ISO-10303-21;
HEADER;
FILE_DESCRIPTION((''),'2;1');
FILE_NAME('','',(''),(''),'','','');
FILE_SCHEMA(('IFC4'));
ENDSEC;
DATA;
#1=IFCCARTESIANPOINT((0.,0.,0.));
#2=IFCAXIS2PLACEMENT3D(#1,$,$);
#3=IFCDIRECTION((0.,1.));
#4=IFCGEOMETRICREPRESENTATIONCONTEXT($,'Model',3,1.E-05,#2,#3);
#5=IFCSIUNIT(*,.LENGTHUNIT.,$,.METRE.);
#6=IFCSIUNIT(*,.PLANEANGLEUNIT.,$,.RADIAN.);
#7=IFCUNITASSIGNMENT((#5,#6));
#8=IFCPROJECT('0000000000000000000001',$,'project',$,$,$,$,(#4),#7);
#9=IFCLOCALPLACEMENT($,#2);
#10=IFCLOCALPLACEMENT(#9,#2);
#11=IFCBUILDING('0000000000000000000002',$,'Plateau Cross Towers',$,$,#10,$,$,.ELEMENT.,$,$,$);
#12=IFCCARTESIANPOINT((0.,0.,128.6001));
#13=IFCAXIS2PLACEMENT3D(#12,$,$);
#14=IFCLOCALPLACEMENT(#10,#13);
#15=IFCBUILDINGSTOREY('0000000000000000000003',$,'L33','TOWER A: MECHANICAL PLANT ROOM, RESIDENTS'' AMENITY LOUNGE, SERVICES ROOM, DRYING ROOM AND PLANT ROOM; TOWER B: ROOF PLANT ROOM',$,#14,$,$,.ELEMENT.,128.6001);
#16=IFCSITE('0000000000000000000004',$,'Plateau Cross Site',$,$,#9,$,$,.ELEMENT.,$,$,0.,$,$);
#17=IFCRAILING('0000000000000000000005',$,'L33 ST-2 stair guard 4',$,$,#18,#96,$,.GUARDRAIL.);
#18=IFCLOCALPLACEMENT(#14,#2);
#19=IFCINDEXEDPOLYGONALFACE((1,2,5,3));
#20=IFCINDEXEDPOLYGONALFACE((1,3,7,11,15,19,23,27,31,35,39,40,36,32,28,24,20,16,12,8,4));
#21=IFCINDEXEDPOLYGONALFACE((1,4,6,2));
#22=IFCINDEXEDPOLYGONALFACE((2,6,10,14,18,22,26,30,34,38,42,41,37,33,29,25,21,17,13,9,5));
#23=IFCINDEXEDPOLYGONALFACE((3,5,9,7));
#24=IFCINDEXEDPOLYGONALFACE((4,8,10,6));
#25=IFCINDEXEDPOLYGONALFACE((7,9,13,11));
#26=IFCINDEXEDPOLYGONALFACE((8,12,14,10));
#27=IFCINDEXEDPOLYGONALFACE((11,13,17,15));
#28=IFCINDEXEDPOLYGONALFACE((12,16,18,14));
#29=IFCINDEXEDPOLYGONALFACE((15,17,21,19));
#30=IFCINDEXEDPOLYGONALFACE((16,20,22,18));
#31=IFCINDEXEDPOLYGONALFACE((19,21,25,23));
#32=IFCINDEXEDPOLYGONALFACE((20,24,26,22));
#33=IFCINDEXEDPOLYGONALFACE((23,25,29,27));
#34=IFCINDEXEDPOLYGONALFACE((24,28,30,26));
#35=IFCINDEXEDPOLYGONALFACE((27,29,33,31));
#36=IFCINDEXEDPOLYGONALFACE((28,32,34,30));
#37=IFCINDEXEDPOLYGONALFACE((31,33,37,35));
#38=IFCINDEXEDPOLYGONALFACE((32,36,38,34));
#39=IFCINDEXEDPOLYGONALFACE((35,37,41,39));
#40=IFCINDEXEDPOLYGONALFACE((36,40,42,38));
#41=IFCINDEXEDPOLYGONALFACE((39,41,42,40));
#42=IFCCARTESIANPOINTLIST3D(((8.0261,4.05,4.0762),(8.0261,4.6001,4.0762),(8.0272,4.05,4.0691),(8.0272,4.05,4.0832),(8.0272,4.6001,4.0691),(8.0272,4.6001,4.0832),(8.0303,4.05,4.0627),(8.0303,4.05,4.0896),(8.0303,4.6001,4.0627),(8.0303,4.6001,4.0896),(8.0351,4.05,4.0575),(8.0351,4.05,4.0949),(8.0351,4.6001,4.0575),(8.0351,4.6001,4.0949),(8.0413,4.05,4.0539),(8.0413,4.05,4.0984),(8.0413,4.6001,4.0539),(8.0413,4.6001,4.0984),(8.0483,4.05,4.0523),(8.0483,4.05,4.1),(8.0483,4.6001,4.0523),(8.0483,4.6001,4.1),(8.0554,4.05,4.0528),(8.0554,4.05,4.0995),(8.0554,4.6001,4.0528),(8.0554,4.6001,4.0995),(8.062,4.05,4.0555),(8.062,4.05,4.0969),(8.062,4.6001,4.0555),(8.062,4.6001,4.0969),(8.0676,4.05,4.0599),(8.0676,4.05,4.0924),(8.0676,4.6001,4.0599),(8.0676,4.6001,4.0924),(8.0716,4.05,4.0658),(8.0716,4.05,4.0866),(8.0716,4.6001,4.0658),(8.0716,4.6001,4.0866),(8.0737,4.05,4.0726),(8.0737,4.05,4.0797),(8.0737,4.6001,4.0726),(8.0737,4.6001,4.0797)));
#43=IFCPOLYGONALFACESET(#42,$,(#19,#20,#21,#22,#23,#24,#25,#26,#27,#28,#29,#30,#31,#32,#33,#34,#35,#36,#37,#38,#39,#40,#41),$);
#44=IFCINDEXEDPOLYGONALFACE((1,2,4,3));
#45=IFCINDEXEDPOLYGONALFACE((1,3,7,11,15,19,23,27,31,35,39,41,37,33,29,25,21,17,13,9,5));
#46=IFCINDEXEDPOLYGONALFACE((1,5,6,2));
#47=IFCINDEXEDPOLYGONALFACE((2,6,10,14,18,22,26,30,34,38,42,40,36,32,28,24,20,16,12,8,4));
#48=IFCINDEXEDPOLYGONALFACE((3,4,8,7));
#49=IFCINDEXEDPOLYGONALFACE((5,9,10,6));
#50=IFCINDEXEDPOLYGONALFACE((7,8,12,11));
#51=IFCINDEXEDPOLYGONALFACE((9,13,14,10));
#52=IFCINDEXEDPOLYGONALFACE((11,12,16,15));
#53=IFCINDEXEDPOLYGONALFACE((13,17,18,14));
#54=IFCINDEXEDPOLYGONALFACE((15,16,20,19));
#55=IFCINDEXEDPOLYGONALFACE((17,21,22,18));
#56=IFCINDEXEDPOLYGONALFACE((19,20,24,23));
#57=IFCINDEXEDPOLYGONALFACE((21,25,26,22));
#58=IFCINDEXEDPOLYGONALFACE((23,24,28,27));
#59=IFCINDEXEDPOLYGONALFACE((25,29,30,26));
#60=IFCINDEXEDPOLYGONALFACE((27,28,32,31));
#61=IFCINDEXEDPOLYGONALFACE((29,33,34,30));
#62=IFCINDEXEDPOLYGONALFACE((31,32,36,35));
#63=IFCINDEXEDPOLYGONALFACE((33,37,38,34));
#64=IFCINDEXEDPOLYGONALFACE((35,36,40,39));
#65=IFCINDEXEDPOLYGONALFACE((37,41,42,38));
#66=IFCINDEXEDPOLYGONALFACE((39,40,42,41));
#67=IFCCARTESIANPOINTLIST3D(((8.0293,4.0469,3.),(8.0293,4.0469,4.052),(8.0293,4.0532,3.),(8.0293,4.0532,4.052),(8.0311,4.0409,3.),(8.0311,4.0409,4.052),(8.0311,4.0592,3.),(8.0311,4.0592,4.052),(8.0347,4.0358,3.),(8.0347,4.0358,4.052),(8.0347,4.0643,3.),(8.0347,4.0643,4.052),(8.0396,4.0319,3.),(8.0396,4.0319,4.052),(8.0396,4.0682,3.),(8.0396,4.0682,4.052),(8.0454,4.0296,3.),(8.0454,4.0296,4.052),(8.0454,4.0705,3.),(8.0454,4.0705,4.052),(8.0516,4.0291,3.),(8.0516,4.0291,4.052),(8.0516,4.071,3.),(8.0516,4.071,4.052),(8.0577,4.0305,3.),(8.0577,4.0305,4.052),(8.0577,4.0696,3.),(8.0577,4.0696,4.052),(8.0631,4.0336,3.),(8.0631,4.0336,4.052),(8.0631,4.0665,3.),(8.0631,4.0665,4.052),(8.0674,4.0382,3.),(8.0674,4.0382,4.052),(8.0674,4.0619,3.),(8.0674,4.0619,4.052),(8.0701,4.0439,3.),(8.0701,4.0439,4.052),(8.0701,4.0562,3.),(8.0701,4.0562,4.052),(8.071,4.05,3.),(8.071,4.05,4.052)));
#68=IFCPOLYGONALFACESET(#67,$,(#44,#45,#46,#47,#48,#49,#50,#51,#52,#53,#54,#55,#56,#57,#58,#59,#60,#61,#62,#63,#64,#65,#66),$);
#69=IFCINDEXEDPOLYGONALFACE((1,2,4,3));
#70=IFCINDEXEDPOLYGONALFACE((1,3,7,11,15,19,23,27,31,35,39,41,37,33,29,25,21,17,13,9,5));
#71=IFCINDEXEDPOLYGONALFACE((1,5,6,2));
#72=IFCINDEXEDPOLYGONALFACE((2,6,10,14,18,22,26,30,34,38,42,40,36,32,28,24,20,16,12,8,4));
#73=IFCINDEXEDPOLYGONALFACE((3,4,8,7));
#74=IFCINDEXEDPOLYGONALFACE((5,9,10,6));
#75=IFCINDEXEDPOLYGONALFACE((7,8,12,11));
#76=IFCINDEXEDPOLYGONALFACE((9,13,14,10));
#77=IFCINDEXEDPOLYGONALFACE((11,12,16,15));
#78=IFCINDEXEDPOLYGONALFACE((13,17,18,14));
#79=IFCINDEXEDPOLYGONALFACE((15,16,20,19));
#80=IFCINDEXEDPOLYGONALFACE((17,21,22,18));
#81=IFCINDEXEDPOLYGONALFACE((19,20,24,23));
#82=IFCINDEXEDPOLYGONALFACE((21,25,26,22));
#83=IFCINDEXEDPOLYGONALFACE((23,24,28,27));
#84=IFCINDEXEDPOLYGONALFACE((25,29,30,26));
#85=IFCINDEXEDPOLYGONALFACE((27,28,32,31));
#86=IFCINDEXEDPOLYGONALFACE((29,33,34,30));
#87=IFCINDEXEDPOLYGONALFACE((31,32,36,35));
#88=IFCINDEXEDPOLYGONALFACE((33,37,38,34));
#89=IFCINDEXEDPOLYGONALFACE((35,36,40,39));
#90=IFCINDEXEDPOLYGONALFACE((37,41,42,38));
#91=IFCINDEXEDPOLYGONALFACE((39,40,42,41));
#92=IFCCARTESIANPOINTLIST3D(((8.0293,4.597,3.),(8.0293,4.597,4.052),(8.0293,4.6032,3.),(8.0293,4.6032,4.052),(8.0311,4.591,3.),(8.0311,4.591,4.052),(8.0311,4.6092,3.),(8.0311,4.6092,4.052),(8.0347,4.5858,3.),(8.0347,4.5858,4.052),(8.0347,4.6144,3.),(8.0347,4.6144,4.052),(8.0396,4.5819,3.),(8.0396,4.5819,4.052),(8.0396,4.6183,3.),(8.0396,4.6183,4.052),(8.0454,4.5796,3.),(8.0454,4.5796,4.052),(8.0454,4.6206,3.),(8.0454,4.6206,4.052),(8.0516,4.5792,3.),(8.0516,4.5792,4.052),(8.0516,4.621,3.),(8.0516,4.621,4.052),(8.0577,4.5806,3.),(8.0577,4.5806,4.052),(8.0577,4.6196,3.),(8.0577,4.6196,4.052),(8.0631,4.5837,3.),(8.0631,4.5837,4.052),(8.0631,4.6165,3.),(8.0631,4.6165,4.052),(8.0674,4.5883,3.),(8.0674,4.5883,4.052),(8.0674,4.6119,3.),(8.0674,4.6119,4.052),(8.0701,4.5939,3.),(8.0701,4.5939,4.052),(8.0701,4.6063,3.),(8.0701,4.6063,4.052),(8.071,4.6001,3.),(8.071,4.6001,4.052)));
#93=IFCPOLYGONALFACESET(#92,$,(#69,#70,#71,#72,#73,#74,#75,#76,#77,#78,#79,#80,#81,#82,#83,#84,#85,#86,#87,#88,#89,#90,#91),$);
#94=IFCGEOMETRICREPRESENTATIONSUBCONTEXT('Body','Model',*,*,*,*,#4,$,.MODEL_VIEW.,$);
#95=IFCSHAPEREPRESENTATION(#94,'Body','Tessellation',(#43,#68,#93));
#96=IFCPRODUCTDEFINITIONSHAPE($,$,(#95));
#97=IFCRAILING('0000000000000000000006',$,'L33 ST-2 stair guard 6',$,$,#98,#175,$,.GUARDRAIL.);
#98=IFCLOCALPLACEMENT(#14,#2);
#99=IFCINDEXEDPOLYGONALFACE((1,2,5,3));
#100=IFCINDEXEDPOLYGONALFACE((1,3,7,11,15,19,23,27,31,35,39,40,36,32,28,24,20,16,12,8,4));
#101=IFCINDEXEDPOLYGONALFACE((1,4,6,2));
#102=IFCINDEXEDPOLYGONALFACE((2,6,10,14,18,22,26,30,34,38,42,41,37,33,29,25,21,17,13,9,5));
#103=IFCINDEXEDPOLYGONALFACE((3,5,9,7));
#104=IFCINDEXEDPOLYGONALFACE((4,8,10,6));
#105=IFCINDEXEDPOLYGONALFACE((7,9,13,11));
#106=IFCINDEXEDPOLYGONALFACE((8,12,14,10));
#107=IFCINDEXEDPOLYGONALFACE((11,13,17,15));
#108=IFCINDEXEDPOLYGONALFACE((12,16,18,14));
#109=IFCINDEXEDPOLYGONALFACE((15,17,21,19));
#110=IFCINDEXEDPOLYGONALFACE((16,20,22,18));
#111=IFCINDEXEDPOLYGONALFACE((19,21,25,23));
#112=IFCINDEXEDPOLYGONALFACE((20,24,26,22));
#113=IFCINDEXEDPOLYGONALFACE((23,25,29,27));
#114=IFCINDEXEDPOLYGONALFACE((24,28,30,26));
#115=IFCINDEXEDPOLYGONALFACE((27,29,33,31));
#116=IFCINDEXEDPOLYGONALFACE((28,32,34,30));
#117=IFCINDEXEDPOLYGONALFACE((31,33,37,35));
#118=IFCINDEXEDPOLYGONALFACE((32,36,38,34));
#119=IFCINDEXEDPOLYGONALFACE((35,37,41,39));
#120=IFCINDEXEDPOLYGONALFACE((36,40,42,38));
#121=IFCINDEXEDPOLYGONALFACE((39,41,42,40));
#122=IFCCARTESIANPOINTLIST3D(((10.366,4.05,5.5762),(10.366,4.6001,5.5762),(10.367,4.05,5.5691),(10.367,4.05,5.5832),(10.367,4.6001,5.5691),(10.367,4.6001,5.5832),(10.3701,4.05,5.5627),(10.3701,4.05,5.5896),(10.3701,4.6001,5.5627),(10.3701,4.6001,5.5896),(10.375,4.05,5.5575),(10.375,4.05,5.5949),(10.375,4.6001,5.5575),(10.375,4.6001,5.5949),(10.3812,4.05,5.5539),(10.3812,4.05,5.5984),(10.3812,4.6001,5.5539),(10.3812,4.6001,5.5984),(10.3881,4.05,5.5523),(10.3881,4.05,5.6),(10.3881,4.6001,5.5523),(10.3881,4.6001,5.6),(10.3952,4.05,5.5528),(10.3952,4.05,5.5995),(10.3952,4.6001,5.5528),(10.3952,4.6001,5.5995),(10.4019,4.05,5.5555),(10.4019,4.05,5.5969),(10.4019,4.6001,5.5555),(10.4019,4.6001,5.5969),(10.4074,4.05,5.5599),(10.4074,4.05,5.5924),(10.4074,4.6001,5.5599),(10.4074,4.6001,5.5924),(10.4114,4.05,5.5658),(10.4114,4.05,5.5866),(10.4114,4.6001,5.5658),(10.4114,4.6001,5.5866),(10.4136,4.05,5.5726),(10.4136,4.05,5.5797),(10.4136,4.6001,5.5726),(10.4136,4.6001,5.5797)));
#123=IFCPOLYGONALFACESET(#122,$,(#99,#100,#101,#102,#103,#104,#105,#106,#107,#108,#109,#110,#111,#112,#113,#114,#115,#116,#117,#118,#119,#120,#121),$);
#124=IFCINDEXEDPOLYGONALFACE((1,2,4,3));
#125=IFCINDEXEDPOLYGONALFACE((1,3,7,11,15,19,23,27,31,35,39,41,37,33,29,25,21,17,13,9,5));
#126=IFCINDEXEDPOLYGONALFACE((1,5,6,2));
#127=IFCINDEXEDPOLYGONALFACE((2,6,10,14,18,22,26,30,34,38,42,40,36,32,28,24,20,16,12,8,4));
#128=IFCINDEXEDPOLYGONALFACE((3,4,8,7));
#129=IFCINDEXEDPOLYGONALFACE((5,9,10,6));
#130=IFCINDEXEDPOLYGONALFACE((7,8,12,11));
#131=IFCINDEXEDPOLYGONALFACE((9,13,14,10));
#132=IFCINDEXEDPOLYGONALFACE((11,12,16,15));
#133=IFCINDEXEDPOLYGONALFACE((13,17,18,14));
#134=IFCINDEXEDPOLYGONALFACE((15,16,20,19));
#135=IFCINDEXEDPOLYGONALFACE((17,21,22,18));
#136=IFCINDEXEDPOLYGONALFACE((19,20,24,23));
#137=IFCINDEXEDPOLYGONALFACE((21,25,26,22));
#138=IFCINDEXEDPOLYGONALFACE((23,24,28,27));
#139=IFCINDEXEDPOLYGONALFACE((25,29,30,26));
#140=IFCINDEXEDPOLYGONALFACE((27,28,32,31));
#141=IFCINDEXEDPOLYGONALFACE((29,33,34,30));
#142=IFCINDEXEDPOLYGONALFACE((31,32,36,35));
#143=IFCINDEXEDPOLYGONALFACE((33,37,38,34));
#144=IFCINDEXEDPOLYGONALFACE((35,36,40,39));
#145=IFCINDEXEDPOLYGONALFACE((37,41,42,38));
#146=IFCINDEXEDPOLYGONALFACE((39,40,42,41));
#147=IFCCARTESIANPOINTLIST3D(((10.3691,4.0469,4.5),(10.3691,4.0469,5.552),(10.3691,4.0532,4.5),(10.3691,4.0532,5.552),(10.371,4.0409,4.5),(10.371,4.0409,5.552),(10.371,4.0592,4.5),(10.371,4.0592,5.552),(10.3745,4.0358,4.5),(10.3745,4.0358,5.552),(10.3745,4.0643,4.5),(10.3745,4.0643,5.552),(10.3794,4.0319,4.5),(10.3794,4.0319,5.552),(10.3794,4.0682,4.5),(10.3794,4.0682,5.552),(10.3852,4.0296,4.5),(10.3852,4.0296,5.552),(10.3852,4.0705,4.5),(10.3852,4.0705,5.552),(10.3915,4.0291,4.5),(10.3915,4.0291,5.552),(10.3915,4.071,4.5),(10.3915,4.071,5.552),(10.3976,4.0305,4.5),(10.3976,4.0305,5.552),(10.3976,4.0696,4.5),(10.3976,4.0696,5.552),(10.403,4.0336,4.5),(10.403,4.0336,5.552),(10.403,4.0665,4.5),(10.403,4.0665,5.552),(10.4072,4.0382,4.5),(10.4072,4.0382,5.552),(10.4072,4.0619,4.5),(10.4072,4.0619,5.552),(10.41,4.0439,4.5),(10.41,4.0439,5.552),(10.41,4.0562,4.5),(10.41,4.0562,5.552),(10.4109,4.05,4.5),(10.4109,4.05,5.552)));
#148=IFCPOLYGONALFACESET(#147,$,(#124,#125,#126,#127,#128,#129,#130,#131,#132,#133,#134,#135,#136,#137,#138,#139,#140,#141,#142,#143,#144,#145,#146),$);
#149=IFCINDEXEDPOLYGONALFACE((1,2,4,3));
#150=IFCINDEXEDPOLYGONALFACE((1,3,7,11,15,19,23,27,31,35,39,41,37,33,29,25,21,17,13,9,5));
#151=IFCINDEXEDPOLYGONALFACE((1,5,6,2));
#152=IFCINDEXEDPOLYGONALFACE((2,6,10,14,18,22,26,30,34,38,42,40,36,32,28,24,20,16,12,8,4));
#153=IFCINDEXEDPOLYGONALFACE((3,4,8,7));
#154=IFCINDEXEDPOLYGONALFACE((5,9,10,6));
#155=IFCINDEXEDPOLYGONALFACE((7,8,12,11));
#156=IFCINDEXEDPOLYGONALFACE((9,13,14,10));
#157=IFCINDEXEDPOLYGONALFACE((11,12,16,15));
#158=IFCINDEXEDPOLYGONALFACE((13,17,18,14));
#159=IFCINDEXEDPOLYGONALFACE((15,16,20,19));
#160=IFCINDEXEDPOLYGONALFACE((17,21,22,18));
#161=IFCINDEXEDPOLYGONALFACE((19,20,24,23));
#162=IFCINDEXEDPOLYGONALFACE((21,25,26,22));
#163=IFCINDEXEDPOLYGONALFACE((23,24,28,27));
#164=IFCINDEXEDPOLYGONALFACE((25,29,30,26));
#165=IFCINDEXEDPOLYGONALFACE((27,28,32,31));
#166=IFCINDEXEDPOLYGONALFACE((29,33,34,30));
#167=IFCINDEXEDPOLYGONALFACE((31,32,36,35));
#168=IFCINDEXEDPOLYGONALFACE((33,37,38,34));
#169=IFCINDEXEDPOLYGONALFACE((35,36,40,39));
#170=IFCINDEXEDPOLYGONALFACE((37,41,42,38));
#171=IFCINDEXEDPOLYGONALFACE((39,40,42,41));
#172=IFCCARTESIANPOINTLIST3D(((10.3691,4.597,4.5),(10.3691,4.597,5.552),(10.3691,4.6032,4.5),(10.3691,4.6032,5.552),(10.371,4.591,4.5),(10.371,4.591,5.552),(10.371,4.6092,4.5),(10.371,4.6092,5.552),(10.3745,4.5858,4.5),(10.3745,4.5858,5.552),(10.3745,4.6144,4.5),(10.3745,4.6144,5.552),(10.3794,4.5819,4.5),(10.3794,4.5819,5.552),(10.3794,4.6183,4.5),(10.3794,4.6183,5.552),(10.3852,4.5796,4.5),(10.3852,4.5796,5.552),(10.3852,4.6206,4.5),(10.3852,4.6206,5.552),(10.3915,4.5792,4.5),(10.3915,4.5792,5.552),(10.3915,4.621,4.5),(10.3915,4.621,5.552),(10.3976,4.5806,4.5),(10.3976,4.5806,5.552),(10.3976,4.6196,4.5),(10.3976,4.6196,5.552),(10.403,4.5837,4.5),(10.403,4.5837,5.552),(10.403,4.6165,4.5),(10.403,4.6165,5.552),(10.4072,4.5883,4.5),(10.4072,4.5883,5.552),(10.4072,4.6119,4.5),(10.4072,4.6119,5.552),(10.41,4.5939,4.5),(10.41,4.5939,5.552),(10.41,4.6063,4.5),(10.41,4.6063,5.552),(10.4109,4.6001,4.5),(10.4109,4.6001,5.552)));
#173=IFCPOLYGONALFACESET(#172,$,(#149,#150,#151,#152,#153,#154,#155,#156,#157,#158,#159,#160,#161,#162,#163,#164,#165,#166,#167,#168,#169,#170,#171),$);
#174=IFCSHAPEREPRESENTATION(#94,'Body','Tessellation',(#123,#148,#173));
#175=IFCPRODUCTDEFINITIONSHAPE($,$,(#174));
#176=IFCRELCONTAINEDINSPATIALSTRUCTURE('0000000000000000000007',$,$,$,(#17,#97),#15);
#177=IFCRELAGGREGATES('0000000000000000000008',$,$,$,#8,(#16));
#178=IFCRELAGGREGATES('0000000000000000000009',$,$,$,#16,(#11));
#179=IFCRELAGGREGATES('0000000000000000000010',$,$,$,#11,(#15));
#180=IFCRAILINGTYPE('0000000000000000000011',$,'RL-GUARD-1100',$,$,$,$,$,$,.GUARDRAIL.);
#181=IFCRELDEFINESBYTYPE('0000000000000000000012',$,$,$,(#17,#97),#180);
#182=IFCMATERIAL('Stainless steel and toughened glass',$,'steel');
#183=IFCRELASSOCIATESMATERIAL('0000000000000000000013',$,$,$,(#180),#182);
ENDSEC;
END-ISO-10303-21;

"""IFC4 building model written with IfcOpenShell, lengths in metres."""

from ifc_helpers import new_model, si_unit, direction, frame, origin, origin_2d, place, context, subcontext, project, spatial, circle, extrude, material, type_object, element, save


model = new_model("IFC4")

# Units and contexts
model_context = context("Model", 3, precision=1e-05, world=origin(), true_north=direction((0.0, 1.0)))
body_context = subcontext(model_context, "Body", "Model", "MODEL_VIEW")
ifc_project = project(units=[si_unit("LENGTHUNIT", "METRE"), si_unit("PLANEANGLEUNIT", "RADIAN")], contexts=[model_context])

# Site, building, storey
site_placement = place(None, origin())
site = spatial("IfcSite", under=ifc_project, at=site_placement, Name="Plateau Cross Site", CompositionType="ELEMENT", RefElevation=0.0)
building_placement = place(site_placement, origin())
building = spatial("IfcBuilding", under=site, at=building_placement, Name="Plateau Cross Towers", CompositionType="ELEMENT")
storey_placement = place(building_placement, frame((0.0, 0.0, 128.6001)))
storey = spatial("IfcBuildingStorey", under=building, at=storey_placement, Name="L33", Description="TOWER A: MECHANICAL PLANT ROOM, RESIDENTS' AMENITY LOUNGE, SERVICES ROOM, DRYING ROOM AND PLANT ROOM; TOWER B: ROOF PLANT ROOM", CompositionType="ELEMENT", Elevation=128.6001)

# Railings
ifc_material_1 = material(Name="Stainless steel and toughened glass", Category="steel")
railing_type_1 = type_object("IfcRailingType", Name="RL-GUARD-1100", PredefinedType="GUARDRAIL", material=ifc_material_1)
for number, where, name in (
    (1, (8.05, 4.05, 3.0), "L33 ST-2 stair guard 4"),
    (2, (10.3899, 4.05, 4.5), "L33 ST-2 stair guard 6"),
):
    element("IfcRailing", number, at=place(storey_placement, frame(where)), inside=storey, type_object=railing_type_1, Name=name, PredefinedType="GUARDRAIL", context=body_context, shape_type="SweptSolid", body=[
        extrude(circle(Radius=0.0239, at=origin_2d()), frame((0.0, 0.0, 1.0762), z_axis=(0.0, 1.0, 0.0), x_axis=(-1.0, 0.0, 0.0)), (0.0, 0.0, 1.0), 0.55),
        extrude(circle(Radius=0.021, at=origin_2d()), origin(), (0.0, 0.0, 1.0), 1.052),
        extrude(circle(Radius=0.021, at=origin_2d()), frame((0.0, 0.55, 0.0)), (0.0, 0.0, 1.0), 1.052),
    ])

save(model, "model.ifc")
